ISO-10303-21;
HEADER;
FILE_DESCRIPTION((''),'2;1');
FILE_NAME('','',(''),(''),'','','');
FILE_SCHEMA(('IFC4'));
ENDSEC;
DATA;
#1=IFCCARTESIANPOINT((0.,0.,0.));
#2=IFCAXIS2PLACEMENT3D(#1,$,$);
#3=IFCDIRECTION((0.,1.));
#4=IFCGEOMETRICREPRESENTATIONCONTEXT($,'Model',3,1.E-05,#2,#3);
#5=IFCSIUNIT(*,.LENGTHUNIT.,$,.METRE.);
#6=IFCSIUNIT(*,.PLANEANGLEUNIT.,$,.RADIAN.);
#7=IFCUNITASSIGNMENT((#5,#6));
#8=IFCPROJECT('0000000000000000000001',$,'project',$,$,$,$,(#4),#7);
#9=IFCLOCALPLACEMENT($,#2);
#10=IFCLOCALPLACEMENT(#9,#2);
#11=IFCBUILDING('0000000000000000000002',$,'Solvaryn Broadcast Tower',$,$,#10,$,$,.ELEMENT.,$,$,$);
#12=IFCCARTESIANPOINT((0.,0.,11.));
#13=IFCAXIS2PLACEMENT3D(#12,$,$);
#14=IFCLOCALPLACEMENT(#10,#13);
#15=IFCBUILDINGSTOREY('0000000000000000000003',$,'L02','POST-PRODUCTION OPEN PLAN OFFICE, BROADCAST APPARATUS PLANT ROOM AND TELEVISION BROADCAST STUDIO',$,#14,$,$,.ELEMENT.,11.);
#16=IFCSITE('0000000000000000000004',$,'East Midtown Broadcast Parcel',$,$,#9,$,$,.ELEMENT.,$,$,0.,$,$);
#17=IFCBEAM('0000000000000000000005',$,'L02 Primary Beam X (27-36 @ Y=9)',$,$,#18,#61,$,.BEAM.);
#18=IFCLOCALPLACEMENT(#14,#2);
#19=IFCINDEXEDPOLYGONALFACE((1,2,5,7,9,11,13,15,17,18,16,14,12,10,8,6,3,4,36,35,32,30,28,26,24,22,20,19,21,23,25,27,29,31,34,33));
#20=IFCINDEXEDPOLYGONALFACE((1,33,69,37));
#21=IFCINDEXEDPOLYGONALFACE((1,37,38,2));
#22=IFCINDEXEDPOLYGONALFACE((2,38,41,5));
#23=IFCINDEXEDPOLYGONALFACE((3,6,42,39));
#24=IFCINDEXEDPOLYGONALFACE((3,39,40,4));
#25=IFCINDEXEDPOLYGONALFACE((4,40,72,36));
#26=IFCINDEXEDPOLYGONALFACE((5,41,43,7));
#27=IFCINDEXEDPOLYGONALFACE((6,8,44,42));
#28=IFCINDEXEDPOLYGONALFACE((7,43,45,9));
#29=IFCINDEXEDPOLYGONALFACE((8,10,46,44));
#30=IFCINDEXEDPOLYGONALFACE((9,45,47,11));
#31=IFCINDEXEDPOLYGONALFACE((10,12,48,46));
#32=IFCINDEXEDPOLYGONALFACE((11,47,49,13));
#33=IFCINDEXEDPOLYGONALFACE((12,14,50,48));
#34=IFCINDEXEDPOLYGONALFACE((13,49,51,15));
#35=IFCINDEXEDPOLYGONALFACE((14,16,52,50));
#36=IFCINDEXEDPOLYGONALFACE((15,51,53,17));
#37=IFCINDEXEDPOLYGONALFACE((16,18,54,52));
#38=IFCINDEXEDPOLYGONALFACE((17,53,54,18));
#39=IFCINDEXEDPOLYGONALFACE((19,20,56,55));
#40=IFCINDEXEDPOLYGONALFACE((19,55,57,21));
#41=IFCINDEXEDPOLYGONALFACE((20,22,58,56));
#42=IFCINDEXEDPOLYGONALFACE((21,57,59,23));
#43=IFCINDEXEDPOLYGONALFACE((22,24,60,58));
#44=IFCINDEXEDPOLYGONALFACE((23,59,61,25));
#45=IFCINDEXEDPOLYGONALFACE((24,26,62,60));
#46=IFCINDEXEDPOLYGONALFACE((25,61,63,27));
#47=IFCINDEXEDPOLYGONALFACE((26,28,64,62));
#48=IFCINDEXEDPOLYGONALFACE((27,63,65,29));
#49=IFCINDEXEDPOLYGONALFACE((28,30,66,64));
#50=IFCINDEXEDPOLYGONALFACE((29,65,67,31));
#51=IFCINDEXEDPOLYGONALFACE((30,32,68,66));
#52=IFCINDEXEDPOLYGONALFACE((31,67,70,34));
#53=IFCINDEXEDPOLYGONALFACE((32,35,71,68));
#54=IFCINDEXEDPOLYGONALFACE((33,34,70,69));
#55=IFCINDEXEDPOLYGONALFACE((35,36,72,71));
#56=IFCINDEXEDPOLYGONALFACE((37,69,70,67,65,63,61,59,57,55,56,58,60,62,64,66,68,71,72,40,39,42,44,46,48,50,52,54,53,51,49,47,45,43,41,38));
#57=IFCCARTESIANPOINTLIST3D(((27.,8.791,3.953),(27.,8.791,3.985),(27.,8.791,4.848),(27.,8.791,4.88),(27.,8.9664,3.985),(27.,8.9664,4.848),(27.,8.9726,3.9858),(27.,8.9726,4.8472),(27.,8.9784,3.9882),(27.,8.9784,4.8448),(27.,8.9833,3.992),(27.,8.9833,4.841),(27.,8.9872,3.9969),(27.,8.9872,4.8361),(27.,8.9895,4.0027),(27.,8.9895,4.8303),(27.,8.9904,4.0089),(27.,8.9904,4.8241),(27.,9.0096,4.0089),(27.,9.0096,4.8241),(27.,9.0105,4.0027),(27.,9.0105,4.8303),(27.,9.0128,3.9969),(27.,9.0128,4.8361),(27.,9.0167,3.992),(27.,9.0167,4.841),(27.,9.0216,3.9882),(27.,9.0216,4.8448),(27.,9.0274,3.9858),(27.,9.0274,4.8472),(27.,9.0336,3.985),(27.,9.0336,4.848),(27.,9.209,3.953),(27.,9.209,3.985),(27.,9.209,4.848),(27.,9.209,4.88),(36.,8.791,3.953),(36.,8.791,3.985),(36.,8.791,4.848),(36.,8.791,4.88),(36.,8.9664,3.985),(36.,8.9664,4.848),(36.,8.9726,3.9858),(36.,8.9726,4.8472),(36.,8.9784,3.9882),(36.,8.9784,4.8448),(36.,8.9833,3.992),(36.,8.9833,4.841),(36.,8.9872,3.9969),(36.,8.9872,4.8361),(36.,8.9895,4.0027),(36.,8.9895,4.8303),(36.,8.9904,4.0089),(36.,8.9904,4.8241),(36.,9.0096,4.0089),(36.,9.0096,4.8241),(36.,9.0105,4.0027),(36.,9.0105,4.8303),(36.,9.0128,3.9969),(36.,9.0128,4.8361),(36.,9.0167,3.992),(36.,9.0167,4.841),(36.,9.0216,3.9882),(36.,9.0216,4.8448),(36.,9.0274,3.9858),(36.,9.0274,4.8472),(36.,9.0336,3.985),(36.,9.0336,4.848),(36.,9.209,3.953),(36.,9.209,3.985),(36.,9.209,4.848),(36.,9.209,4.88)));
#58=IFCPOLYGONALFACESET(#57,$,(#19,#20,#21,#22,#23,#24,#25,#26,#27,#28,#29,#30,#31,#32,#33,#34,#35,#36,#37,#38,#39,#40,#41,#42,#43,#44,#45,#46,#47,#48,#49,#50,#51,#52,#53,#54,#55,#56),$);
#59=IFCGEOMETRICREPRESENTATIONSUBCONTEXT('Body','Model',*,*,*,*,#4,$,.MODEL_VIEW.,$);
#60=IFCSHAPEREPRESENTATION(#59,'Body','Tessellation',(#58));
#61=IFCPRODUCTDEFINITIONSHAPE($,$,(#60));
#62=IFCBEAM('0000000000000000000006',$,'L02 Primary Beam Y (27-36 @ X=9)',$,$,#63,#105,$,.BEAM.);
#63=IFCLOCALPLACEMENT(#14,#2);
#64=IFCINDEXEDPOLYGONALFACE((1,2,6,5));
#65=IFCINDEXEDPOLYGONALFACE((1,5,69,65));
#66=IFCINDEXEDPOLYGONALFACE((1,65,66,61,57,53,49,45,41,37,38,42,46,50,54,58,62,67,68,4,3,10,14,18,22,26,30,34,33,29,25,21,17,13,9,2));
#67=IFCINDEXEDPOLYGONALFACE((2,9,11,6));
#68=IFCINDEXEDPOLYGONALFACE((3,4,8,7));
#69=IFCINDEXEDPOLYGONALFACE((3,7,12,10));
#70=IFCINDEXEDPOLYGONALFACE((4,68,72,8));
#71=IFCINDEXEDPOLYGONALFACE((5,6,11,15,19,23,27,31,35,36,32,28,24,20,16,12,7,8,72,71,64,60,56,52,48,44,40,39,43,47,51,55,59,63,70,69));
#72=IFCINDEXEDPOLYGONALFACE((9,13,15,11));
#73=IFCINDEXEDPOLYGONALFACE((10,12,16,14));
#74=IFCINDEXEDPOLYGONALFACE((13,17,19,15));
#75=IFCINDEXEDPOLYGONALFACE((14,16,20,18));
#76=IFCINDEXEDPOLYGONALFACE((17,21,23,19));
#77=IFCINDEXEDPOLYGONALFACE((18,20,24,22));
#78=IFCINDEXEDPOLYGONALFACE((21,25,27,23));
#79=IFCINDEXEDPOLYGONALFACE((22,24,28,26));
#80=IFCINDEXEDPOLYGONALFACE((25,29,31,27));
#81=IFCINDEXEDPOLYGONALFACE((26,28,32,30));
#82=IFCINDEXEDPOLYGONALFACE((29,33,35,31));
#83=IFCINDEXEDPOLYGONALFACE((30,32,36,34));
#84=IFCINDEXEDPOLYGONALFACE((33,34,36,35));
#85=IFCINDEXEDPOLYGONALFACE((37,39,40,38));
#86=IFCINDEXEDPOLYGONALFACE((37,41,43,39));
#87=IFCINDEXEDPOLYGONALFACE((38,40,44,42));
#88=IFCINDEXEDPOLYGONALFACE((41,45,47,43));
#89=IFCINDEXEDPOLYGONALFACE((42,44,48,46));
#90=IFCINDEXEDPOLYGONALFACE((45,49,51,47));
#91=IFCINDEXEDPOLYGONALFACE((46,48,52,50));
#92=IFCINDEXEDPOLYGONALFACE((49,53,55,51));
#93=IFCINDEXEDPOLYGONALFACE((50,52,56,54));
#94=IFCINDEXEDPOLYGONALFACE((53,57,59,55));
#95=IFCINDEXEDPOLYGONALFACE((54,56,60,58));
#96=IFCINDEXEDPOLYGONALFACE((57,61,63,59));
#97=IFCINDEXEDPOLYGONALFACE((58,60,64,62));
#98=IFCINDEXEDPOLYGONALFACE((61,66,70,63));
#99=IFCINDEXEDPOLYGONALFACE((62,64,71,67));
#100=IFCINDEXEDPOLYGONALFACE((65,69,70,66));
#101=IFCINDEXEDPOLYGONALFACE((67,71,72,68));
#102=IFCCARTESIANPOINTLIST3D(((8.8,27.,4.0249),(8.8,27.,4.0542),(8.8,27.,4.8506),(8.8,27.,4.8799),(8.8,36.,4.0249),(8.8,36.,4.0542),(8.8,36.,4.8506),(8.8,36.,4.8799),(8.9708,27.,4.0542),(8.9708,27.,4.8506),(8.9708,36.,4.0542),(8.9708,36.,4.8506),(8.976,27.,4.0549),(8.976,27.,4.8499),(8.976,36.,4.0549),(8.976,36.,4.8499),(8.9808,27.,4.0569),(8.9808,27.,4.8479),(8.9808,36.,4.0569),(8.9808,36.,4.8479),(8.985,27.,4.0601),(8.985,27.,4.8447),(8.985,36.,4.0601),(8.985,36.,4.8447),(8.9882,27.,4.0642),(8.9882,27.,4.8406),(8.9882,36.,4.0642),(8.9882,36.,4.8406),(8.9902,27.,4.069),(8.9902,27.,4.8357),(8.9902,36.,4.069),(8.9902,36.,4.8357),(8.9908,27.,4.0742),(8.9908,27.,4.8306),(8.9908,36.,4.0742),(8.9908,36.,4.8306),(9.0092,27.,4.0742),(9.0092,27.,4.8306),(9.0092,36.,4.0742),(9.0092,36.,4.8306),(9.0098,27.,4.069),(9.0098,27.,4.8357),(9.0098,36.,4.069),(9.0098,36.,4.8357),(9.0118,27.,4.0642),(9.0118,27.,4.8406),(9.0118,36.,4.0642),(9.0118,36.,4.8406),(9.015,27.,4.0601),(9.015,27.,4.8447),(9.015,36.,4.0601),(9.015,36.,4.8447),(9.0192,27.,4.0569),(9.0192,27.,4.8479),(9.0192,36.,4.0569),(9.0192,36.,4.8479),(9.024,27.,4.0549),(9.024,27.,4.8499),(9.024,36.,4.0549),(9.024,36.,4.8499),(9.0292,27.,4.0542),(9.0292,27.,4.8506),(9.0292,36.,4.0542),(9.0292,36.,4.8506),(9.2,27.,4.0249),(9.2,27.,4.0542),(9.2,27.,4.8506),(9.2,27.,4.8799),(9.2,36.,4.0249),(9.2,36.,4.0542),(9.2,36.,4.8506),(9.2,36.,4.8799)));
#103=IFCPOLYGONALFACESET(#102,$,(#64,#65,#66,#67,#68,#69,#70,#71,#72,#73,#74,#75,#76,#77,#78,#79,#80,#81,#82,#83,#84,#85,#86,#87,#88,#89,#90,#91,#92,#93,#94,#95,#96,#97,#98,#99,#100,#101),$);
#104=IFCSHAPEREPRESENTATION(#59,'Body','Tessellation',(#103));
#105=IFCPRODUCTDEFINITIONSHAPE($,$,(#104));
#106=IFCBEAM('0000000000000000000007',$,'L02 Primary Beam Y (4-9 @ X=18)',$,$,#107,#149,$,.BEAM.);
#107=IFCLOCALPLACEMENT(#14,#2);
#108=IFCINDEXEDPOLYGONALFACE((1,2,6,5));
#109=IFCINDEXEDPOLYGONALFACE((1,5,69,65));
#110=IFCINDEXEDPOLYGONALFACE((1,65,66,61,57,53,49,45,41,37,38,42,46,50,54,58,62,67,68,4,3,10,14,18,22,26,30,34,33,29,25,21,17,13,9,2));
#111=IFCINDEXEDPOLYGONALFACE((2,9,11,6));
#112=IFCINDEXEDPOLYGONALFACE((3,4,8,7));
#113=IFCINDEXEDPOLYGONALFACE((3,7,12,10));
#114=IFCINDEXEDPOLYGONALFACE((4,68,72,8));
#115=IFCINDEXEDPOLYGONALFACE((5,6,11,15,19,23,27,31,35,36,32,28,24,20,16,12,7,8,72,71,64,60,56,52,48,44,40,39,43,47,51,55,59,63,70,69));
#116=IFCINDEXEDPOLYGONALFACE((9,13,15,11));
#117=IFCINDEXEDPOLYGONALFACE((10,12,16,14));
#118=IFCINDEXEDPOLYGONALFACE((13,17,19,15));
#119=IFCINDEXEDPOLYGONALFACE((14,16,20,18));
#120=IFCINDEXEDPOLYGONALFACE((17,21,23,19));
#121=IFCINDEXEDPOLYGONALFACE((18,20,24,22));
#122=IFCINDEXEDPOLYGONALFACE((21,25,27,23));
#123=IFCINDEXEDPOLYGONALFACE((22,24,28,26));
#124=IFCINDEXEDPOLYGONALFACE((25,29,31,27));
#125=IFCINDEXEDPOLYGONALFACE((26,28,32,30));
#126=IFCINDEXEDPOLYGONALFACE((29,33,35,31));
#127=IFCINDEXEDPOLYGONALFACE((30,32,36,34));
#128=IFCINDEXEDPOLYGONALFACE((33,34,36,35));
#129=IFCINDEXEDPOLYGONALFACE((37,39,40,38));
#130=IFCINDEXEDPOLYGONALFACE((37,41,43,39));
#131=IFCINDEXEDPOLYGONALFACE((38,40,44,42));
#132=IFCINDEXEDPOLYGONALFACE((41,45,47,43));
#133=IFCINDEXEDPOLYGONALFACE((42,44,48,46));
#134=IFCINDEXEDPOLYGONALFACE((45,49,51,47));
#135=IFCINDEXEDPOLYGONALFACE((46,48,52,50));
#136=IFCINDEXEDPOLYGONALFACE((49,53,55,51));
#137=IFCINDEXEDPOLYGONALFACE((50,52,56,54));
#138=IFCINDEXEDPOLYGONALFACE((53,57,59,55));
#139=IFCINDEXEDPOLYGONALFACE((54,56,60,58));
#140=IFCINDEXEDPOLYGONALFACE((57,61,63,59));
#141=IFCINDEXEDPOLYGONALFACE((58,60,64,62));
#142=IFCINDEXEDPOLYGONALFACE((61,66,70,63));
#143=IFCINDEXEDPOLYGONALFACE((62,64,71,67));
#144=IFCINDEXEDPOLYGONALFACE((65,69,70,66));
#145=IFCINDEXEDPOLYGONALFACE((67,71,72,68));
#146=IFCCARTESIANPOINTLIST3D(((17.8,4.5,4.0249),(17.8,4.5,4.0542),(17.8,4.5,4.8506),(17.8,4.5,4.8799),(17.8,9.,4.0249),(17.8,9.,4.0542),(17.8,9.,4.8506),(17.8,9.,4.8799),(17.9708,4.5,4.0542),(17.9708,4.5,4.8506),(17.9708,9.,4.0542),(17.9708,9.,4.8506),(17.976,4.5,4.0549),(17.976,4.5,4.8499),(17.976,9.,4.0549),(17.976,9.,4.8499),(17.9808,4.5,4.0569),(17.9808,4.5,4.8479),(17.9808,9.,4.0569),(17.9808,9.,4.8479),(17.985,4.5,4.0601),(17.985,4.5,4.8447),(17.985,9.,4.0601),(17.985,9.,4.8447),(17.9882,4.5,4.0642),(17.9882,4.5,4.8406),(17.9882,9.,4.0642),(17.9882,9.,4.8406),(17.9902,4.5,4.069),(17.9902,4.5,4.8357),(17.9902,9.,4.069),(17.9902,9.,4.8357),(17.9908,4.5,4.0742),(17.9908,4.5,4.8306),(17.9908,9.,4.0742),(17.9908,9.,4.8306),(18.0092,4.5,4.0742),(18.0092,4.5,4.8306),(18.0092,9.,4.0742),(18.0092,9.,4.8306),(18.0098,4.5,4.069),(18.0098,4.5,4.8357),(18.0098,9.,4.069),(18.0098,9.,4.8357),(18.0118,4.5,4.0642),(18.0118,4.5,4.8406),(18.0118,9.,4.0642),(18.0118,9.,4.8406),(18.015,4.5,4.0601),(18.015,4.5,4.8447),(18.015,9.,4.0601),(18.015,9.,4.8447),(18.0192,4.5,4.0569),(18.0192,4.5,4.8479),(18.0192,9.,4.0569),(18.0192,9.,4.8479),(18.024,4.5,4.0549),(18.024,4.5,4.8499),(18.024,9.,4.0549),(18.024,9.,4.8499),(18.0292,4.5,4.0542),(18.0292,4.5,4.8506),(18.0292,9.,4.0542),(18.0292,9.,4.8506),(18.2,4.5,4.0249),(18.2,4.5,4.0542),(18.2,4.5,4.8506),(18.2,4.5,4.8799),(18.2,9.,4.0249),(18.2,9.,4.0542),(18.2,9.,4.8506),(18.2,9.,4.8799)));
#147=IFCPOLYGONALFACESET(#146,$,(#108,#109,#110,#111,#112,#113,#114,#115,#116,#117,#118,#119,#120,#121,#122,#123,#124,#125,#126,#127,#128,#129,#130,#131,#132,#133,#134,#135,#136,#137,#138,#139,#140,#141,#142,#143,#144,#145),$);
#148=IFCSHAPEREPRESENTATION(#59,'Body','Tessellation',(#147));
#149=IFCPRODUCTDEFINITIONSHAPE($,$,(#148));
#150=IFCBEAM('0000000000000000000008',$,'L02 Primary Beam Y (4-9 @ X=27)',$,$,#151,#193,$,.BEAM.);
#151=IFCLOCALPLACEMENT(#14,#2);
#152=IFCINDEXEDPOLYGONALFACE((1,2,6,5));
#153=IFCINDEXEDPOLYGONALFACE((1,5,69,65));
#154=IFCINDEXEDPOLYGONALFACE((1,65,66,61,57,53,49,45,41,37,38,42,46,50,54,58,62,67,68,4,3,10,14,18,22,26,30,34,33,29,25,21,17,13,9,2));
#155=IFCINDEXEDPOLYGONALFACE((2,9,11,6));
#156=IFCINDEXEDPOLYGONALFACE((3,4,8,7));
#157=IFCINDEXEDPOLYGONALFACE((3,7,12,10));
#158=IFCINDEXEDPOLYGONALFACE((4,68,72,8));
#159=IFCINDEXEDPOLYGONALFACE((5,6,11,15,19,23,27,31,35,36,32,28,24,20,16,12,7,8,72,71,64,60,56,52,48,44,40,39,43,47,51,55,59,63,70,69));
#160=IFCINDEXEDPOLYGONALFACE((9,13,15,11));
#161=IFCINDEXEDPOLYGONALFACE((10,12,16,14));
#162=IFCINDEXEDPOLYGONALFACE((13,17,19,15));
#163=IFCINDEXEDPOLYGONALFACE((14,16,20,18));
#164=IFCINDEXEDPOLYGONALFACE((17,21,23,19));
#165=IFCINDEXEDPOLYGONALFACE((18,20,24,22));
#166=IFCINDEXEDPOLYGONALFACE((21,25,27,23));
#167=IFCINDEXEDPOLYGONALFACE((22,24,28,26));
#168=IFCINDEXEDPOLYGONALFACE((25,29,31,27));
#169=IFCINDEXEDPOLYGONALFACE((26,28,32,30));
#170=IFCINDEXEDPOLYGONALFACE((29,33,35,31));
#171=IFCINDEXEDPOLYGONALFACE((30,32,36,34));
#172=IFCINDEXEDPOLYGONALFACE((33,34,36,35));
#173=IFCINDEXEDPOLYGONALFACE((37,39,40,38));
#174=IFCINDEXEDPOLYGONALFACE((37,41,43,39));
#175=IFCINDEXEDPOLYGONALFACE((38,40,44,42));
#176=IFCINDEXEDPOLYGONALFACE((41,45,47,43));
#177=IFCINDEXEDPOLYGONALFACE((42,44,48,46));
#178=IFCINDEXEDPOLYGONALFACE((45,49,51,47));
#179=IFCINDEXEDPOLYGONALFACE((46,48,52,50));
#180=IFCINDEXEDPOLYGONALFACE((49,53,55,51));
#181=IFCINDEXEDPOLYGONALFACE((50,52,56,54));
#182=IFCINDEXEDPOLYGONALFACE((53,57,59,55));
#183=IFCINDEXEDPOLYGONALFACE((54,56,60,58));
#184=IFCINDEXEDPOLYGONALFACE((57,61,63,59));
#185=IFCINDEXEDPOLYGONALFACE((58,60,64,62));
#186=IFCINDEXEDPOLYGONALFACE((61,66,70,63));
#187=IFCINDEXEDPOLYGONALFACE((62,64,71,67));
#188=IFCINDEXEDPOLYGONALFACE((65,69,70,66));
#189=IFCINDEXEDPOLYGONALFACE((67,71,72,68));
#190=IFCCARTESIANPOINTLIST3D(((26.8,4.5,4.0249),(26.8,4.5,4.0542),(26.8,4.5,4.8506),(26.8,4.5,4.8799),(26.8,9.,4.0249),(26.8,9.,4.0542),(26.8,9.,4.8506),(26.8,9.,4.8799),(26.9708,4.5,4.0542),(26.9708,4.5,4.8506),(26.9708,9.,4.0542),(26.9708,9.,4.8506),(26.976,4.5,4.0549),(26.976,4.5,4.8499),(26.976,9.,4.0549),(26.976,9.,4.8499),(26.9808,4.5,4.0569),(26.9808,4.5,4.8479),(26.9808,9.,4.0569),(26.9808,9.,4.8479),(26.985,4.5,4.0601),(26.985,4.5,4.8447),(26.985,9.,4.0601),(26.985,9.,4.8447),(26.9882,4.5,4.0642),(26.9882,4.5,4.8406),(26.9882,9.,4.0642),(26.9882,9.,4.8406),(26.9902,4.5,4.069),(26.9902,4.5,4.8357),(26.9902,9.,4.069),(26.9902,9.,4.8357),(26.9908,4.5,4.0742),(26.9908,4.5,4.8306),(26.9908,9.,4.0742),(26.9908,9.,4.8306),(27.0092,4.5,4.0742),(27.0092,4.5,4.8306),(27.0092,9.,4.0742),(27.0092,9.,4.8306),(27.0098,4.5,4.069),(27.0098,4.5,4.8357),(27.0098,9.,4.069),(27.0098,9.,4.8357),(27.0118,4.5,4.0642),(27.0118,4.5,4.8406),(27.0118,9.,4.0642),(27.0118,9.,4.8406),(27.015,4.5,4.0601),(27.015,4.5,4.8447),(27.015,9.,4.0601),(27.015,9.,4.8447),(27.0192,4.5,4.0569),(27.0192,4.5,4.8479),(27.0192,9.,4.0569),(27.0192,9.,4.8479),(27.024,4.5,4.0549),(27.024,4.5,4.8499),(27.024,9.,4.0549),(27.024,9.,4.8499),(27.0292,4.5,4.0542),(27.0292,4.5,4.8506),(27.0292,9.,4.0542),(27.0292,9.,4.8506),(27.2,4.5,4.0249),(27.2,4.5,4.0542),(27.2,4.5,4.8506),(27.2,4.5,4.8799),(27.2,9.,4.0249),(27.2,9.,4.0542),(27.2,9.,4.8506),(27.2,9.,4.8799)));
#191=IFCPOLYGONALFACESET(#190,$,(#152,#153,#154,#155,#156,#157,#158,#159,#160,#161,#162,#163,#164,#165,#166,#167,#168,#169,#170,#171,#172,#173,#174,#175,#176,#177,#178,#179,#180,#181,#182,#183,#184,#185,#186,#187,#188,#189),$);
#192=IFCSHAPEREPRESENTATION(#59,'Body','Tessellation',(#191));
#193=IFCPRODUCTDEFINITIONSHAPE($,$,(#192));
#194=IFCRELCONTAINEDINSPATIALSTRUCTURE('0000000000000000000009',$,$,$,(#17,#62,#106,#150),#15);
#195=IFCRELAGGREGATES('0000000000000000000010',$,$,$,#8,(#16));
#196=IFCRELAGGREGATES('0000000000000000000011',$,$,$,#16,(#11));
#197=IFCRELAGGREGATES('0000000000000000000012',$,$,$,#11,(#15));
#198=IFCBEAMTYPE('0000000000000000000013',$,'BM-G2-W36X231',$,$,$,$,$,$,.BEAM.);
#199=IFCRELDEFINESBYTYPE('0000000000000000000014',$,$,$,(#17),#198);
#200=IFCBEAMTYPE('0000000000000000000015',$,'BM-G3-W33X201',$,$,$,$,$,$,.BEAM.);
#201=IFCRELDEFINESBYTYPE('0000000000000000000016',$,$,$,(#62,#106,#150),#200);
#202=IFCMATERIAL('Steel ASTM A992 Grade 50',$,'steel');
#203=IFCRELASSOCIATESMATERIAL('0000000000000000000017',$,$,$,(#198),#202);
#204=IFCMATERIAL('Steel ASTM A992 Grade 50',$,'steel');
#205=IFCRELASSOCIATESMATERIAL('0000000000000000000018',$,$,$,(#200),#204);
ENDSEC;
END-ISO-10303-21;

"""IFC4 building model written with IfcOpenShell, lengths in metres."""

from ifc_helpers import new_model, si_unit, direction, frame, origin, origin_2d, place, context, subcontext, project, spatial, i_section, extrude, material, material_profile, profile_set, type_object, element, save


model = new_model("IFC4")

# Units and contexts
model_context = context("Model", 3, precision=1e-05, world=origin(), true_north=direction((0.0, 1.0)))
body_context = subcontext(model_context, "Body", "Model", "MODEL_VIEW")
ifc_project = project(units=[si_unit("LENGTHUNIT", "METRE"), si_unit("PLANEANGLEUNIT", "RADIAN")], contexts=[model_context])

# Site, building, storey
site_placement = place(None, origin())
site = spatial("IfcSite", under=ifc_project, at=site_placement, Name="East Midtown Broadcast Parcel", CompositionType="ELEMENT", RefElevation=0.0)
building_placement = place(site_placement, origin())
building = spatial("IfcBuilding", under=site, at=building_placement, Name="Solvaryn Broadcast Tower", CompositionType="ELEMENT")
storey_placement = place(building_placement, frame((0.0, 0.0, 11.0)))
storey = spatial("IfcBuildingStorey", under=building, at=storey_placement, Name="L02", Description="POST-PRODUCTION OPEN PLAN OFFICE, BROADCAST APPARATUS PLANT ROOM AND TELEVISION BROADCAST STUDIO", CompositionType="ELEMENT", Elevation=11.0)

# Beams
ifc_material_1 = material(Name="Steel ASTM A992 Grade 50", Category="steel")
ifc_material_profile_1 = material_profile(ifc_material_1, i_section(OverallWidth=0.418, OverallDepth=0.927, WebThickness=0.0193, FlangeThickness=0.032, FilletRadius=0.0239, at=origin_2d()))
ifc_profile_set_1 = profile_set([ifc_material_profile_1], Name="Steel ASTM A992 Grade 50")
beam_type_1 = type_object("IfcBeamType", Name="BM-G2-W36X231", PredefinedType="BEAM", material=ifc_profile_set_1)
for number, where, z_axis, x_axis, name in (
    (1, (27.0, 9.0, 4.4165), (1.0, 0.0, 0.0), (0.0, 1.0, 0.0), "L02 Primary Beam X (27-36 @ Y=9)"),
):
    element("IfcBeam", number, at=place(storey_placement, frame(where, z_axis=z_axis, x_axis=x_axis)), inside=storey, type_object=beam_type_1, Name=name, PredefinedType="BEAM", context=body_context, shape_type="SweptSolid", body=[
        extrude(i_section(OverallWidth=0.418, OverallDepth=0.927, WebThickness=0.0193, FlangeThickness=0.032, FilletRadius=0.0239, at=origin_2d()), origin(), (0.0, 0.0, 1.0), 9.0),
    ])
ifc_material_2 = material(Name="Steel ASTM A992 Grade 50", Category="steel")
ifc_material_profile_2 = material_profile(ifc_material_2, i_section(OverallWidth=0.3999, OverallDepth=0.855, WebThickness=0.0183, FlangeThickness=0.0293, FilletRadius=0.02, at=origin_2d()))
ifc_profile_set_2 = profile_set([ifc_material_profile_2], Name="Steel ASTM A992 Grade 50")
beam_type_2 = type_object("IfcBeamType", Name="BM-G3-W33X201", PredefinedType="BEAM", material=ifc_profile_set_2)
beam_1_placement = place(storey_placement, frame((9.0, 27.0, 4.4524), z_axis=(0.0, 1.0, 0.0), x_axis=(-1.0, 0.0, 0.0)))
element("IfcBeam", 2, at=beam_1_placement, inside=storey, type_object=beam_type_2, Name="L02 Primary Beam Y (27-36 @ X=9)", PredefinedType="BEAM", context=body_context, shape_type="SweptSolid", body=[
    extrude(i_section(OverallWidth=0.3999, OverallDepth=0.855, WebThickness=0.0183, FlangeThickness=0.0293, FilletRadius=0.02, at=origin_2d()), origin(), (0.0, 0.0, 1.0), 9.0),
])
for number, where, z_axis, x_axis, name in (
    (3, (18.0, 4.5, 4.4524), (0.0, 1.0, 0.0), (-1.0, 0.0, 0.0), "L02 Primary Beam Y (4-9 @ X=18)"),
    (4, (27.0, 4.5, 4.4524), (0.0, 1.0, 0.0), (-1.0, 0.0, 0.0), "L02 Primary Beam Y (4-9 @ X=27)"),
):
    element("IfcBeam", number, at=place(storey_placement, frame(where, z_axis=z_axis, x_axis=x_axis)), inside=storey, type_object=beam_type_2, Name=name, PredefinedType="BEAM", context=body_context, shape_type="SweptSolid", body=[
        extrude(i_section(OverallWidth=0.3999, OverallDepth=0.855, WebThickness=0.0183, FlangeThickness=0.0293, FilletRadius=0.02, at=origin_2d()), origin(), (0.0, 0.0, 1.0), 4.5),
    ])

save(model, "model.ifc")
